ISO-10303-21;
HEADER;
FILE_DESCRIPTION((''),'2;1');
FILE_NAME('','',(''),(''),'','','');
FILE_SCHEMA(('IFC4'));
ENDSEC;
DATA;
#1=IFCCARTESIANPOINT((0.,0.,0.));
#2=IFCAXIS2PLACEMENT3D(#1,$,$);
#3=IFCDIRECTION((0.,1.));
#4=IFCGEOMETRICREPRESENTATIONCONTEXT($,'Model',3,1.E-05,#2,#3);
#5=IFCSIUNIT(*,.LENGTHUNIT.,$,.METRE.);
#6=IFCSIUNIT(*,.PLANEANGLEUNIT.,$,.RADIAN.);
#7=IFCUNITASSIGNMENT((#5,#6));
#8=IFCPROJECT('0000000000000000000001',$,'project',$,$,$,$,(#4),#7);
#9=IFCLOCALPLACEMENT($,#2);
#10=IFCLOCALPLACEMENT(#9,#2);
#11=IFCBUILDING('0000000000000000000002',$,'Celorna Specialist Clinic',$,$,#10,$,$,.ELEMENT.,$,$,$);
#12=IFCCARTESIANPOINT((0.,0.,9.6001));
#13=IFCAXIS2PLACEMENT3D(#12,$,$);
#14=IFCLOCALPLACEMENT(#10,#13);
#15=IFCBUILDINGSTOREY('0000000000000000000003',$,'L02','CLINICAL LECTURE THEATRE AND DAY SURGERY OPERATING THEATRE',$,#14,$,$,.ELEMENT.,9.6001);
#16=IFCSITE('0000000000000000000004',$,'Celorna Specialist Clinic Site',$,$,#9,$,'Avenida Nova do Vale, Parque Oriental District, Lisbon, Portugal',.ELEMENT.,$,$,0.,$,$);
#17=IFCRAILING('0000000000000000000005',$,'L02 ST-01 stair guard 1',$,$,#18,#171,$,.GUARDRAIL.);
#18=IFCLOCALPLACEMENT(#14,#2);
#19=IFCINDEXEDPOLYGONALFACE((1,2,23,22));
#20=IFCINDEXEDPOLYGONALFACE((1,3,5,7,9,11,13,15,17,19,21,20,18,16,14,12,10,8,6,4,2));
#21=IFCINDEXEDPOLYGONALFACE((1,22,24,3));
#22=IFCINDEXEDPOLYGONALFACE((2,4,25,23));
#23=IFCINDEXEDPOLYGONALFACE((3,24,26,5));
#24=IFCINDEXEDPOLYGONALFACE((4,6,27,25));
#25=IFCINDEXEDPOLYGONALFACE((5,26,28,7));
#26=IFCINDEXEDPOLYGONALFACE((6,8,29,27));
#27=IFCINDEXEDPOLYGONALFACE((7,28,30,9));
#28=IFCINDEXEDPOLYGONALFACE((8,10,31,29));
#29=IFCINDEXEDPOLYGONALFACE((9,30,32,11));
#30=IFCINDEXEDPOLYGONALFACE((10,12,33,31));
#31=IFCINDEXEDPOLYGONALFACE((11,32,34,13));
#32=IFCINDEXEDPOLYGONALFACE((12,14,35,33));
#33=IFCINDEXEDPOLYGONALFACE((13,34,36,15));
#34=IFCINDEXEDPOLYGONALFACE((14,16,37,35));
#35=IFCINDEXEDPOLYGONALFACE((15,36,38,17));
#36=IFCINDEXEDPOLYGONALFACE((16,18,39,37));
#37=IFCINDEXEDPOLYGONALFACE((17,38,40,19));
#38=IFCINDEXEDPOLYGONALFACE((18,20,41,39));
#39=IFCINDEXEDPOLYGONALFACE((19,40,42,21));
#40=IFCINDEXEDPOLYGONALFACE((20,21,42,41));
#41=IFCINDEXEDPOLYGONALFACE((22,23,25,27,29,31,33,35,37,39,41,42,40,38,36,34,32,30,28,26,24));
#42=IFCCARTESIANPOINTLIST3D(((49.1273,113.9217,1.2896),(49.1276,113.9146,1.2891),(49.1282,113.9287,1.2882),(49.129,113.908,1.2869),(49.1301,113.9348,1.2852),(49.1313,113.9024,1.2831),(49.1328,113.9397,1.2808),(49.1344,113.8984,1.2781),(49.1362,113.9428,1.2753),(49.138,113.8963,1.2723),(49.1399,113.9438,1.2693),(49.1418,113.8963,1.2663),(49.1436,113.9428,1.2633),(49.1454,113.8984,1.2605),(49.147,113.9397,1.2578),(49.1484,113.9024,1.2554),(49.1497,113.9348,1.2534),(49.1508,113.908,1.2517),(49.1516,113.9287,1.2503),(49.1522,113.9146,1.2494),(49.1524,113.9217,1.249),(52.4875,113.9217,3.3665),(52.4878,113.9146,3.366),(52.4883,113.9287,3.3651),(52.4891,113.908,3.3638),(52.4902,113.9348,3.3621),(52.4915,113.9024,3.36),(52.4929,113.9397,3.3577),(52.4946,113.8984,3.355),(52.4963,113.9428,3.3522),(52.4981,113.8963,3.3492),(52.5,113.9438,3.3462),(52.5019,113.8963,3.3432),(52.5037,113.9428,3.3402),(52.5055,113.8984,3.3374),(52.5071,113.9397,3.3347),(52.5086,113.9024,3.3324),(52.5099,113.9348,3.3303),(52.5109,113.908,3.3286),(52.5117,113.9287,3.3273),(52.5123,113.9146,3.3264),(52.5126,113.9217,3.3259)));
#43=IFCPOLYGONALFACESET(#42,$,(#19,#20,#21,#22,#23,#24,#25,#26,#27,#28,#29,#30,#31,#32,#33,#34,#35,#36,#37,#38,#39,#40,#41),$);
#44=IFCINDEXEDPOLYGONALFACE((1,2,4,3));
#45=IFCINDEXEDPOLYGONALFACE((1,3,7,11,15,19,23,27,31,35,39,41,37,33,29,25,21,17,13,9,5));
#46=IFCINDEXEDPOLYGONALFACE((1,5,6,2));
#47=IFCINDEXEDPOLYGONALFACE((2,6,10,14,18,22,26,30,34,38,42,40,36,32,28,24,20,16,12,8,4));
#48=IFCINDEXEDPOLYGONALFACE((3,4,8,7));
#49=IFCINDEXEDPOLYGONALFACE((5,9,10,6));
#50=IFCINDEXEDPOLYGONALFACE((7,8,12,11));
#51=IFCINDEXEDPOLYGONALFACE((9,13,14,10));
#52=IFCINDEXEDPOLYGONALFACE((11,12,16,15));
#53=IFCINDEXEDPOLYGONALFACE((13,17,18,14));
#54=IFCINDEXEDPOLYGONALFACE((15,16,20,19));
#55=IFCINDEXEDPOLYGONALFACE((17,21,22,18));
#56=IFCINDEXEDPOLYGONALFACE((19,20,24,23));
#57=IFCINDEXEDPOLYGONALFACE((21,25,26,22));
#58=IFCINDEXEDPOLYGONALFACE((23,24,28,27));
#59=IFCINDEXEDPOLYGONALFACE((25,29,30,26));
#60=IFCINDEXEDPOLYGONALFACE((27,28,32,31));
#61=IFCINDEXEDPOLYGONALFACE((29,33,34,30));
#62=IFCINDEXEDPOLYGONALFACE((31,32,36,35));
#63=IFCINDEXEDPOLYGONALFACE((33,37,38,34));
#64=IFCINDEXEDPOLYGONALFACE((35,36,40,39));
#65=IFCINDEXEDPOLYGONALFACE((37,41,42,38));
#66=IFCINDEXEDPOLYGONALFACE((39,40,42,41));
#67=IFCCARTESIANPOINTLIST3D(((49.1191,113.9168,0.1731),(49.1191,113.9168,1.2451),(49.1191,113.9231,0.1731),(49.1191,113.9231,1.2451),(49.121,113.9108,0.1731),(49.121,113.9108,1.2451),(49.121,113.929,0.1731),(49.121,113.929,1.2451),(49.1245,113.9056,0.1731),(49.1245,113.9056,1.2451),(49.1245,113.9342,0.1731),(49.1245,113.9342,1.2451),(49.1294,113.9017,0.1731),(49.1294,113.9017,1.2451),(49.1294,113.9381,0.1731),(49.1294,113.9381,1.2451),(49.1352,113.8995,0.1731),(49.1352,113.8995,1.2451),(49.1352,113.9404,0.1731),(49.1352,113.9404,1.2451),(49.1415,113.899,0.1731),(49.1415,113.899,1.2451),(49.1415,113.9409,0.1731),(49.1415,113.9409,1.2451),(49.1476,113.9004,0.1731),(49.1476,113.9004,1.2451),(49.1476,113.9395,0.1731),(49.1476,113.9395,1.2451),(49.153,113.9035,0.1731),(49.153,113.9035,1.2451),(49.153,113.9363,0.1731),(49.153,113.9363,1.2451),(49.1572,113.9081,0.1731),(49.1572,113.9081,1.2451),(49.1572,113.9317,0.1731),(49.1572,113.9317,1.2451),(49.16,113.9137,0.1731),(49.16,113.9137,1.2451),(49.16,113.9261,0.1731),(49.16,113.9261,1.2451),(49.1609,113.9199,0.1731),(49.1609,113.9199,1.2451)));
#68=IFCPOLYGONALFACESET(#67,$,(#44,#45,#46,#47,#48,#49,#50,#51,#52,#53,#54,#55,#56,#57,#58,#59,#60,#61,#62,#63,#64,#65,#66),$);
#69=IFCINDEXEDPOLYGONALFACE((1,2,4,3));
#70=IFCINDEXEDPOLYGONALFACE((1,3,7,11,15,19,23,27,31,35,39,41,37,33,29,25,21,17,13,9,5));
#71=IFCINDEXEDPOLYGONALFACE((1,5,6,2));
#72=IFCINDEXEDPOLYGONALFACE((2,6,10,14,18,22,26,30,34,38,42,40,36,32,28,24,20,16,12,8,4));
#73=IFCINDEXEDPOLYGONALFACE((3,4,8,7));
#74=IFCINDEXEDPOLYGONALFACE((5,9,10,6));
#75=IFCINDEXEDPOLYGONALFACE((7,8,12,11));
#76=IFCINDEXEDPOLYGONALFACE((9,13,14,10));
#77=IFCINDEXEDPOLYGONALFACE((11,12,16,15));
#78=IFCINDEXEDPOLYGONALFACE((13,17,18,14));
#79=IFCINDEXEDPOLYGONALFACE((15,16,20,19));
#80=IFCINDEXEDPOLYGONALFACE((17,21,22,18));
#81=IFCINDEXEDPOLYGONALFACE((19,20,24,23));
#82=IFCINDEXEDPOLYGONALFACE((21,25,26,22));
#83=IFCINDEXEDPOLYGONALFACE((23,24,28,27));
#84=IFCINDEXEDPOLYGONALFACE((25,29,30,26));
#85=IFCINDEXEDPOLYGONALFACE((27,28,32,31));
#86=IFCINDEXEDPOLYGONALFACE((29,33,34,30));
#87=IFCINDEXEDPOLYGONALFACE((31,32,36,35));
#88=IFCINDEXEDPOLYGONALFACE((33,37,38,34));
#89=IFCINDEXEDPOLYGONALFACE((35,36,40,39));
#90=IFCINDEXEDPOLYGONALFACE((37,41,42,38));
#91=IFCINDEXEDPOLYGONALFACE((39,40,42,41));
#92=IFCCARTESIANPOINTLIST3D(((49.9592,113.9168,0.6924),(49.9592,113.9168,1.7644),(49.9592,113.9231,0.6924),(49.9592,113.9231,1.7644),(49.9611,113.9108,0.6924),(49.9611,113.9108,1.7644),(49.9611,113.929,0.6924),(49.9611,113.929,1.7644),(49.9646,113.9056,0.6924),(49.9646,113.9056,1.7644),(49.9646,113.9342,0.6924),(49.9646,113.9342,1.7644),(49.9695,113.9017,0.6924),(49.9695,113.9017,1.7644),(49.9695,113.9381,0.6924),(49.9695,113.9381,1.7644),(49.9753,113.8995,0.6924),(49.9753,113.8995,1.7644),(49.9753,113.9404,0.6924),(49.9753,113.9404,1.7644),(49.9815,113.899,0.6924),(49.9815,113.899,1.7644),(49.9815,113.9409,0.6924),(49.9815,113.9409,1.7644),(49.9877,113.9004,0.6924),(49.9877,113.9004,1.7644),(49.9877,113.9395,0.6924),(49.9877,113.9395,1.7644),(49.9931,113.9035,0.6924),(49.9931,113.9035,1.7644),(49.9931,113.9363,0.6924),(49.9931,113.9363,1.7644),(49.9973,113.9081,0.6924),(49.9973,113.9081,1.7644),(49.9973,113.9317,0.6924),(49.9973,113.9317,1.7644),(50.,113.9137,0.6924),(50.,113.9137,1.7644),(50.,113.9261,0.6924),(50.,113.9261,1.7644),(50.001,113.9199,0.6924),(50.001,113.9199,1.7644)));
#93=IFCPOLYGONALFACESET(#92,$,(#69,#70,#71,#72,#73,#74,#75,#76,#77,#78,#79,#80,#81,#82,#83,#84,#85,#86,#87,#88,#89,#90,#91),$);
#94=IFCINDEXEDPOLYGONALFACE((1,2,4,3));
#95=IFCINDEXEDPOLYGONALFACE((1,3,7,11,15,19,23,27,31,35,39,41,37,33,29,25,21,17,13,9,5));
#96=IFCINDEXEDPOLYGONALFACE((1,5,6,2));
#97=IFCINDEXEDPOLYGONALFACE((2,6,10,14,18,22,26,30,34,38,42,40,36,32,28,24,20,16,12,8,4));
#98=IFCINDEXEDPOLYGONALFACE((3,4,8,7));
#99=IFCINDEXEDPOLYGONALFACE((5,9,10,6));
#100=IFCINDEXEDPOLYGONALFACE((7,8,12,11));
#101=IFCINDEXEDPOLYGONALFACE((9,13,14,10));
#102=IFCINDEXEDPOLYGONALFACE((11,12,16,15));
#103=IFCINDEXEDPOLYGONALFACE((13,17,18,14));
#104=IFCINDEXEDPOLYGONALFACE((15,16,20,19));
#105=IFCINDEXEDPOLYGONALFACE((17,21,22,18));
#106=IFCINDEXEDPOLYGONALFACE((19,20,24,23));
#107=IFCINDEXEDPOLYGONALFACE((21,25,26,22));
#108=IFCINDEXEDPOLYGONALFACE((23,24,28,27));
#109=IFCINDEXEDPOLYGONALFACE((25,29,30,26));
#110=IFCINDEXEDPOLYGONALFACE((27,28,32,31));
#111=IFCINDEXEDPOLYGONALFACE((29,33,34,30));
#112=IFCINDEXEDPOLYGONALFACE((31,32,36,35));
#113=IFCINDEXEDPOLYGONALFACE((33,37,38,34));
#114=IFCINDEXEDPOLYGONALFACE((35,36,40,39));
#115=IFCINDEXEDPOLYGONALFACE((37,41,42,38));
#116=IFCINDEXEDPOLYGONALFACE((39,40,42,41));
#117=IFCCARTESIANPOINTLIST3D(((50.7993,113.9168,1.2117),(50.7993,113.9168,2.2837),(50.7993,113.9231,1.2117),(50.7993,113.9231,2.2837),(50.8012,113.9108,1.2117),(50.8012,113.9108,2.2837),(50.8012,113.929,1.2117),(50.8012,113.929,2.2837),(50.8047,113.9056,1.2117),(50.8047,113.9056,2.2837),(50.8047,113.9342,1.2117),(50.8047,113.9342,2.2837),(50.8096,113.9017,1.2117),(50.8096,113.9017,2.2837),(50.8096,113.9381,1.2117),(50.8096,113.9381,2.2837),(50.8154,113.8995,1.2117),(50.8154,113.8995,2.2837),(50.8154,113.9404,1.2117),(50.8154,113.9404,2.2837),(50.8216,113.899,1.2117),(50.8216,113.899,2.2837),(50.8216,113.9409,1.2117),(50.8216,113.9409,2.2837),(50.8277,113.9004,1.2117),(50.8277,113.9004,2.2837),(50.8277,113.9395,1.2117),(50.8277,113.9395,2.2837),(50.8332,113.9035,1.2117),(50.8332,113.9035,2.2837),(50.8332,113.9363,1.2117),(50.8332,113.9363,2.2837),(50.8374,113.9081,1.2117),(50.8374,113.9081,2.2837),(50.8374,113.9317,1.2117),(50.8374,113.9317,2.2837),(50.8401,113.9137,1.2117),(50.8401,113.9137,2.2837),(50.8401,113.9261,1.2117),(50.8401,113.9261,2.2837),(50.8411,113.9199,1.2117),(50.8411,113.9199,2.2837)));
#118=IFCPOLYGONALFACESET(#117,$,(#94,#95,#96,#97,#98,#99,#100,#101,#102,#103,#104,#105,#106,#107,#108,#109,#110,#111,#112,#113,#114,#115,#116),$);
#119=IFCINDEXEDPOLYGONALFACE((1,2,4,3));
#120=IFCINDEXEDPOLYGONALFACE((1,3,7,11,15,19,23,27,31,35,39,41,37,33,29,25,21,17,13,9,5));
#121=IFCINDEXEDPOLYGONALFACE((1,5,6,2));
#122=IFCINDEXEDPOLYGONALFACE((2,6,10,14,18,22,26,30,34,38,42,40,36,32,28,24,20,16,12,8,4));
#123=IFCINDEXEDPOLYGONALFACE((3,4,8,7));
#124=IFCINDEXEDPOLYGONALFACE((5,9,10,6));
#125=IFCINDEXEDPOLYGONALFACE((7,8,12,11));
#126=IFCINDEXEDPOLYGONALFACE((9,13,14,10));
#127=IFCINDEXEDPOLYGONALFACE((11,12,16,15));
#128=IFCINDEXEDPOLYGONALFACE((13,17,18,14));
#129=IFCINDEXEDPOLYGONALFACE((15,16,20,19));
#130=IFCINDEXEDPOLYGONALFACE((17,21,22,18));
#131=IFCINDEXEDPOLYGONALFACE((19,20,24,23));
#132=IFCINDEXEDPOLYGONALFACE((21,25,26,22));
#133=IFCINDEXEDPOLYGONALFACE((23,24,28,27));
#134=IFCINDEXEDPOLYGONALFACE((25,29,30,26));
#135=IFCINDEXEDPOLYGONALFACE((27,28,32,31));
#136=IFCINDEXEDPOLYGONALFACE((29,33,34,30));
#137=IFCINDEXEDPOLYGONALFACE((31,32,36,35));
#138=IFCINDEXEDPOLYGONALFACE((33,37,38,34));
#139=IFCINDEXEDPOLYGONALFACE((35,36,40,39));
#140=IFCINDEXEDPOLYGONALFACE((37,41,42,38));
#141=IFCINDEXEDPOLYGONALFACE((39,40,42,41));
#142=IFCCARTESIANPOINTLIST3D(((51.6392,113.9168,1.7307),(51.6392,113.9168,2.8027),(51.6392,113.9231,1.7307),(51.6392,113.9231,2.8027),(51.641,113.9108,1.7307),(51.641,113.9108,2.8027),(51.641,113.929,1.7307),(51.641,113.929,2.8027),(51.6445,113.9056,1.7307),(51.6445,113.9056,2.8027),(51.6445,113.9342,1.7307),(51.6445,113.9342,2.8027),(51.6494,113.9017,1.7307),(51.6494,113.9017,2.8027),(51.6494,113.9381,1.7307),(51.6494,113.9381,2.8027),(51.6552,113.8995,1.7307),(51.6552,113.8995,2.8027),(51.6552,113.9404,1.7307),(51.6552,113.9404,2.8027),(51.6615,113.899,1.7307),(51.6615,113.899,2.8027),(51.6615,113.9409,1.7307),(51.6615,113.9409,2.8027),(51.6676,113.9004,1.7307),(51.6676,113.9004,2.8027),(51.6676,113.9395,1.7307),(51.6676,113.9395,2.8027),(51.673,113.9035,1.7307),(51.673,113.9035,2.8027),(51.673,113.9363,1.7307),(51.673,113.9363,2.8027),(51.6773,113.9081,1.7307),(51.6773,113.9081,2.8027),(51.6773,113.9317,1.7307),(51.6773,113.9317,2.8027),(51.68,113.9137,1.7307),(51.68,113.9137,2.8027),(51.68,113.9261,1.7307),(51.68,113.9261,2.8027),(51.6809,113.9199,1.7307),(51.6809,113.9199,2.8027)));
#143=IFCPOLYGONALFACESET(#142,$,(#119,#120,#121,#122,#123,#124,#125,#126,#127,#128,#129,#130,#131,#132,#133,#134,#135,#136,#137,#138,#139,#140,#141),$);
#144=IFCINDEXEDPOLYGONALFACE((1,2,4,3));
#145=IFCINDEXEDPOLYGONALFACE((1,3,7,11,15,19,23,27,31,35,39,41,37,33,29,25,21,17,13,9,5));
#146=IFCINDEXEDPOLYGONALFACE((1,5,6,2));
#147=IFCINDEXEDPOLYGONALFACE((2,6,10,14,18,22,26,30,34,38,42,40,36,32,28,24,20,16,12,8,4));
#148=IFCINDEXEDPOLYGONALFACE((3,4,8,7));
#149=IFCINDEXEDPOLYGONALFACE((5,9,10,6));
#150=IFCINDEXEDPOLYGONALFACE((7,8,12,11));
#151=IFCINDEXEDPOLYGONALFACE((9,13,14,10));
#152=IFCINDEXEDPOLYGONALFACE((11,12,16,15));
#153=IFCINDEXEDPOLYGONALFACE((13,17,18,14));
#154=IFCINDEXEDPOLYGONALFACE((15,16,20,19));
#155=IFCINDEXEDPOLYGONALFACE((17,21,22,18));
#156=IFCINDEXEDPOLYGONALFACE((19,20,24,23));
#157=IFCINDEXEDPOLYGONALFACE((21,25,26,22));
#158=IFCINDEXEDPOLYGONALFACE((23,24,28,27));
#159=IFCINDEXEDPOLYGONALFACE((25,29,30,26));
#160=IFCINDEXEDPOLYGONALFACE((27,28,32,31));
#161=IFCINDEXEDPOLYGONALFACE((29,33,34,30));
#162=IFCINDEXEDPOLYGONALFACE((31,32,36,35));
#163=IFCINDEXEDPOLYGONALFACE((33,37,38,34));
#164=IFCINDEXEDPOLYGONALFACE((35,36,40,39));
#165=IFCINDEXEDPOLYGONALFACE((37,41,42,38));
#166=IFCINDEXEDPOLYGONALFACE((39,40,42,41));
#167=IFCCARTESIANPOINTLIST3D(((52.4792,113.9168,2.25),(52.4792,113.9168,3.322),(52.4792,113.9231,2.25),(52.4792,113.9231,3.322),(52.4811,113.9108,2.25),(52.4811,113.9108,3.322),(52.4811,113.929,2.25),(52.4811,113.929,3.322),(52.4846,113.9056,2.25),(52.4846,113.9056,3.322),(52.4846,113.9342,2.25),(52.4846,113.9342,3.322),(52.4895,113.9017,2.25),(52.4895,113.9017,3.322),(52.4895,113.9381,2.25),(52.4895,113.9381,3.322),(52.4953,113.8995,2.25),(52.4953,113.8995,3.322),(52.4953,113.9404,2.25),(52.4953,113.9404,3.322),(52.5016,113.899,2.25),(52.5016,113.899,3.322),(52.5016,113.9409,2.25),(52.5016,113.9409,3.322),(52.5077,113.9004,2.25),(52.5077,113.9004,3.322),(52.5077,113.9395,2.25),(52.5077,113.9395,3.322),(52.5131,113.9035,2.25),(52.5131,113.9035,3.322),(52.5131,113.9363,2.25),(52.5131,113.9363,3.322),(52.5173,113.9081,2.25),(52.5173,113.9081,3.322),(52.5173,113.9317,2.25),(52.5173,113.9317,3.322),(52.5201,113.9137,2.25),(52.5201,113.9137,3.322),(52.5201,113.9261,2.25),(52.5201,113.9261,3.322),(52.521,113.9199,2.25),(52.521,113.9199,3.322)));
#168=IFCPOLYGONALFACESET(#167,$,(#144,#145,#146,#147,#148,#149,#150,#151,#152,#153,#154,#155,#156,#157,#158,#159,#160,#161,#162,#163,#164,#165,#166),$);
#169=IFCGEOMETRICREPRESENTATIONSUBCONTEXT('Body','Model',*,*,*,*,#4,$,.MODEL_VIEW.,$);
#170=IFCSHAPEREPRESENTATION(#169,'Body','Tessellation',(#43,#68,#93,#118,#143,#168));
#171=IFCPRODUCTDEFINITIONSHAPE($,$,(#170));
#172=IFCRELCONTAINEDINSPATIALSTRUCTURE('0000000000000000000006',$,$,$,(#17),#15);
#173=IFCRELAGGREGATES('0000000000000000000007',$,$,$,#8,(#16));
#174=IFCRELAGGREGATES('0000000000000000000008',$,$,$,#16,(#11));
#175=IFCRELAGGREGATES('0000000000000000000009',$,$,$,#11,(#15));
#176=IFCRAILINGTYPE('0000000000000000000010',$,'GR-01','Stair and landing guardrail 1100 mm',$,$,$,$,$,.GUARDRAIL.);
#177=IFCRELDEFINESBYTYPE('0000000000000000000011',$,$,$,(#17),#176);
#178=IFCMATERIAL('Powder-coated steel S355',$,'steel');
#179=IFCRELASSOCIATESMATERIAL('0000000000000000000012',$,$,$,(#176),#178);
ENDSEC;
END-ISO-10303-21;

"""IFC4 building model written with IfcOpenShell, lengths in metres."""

from ifc_helpers import new_model, si_unit, direction, frame, origin, origin_2d, place, context, subcontext, project, spatial, circle, extrude, material, type_object, element, save


model = new_model("IFC4")

# Units and contexts
model_context = context("Model", 3, precision=1e-05, world=origin(), true_north=direction((0.0, 1.0)))
body_context = subcontext(model_context, "Body", "Model", "MODEL_VIEW")
ifc_project = project(units=[si_unit("LENGTHUNIT", "METRE"), si_unit("PLANEANGLEUNIT", "RADIAN")], contexts=[model_context])

# Site, building, storey
site_placement = place(None, origin())
site = spatial("IfcSite", under=ifc_project, at=site_placement, Name="Celorna Specialist Clinic Site", LongName="Avenida Nova do Vale, Parque Oriental District, Lisbon, Portugal", CompositionType="ELEMENT", RefElevation=0.0)
building_placement = place(site_placement, origin())
building = spatial("IfcBuilding", under=site, at=building_placement, Name="Celorna Specialist Clinic", CompositionType="ELEMENT")
storey_placement = place(building_placement, frame((0.0, 0.0, 9.6001)))
storey = spatial("IfcBuildingStorey", under=building, at=storey_placement, Name="L02", Description="CLINICAL LECTURE THEATRE AND DAY SURGERY OPERATING THEATRE", CompositionType="ELEMENT", Elevation=9.6001)

# Railing
ifc_material_1 = material(Name="Powder-coated steel S355", Category="steel")
railing_type_1 = type_object("IfcRailingType", Name="GR-01", Description="Stair and landing guardrail 1100 mm", PredefinedType="GUARDRAIL", material=ifc_material_1)
railing_1_placement = place(storey_placement, frame((49.1399, 113.9199, 0.1731)))
element("IfcRailing", 1, at=railing_1_placement, inside=storey, type_object=railing_type_1, Name="L02 ST-01 stair guard 1", PredefinedType="GUARDRAIL", context=body_context, shape_type="SweptSolid", body=[
    extrude(circle(Radius=0.0239, at=origin_2d()), frame((0.0, 0.0, 1.0962), z_axis=(0.850623, 0.0, 0.525776), x_axis=(0.0, 1.0, 0.0)), (0.0, 0.0, 1.0), 3.9502),
    extrude(circle(Radius=0.021, at=origin_2d()), origin(), (0.0, 0.0, 1.0), 1.072),
    extrude(circle(Radius=0.021, at=origin_2d()), frame((0.8401, 0.0, 0.5193)), (0.0, 0.0, 1.0), 1.072),
    extrude(circle(Radius=0.021, at=origin_2d()), frame((1.6802, 0.0, 1.0386)), (0.0, 0.0, 1.0), 1.072),
    extrude(circle(Radius=0.021, at=origin_2d()), frame((2.52, 0.0, 1.5576)), (0.0, 0.0, 1.0), 1.072),
    extrude(circle(Radius=0.021, at=origin_2d()), frame((3.3601, 0.0, 2.0769)), (0.0, 0.0, 1.0), 1.072),
])

save(model, "model.ifc")
